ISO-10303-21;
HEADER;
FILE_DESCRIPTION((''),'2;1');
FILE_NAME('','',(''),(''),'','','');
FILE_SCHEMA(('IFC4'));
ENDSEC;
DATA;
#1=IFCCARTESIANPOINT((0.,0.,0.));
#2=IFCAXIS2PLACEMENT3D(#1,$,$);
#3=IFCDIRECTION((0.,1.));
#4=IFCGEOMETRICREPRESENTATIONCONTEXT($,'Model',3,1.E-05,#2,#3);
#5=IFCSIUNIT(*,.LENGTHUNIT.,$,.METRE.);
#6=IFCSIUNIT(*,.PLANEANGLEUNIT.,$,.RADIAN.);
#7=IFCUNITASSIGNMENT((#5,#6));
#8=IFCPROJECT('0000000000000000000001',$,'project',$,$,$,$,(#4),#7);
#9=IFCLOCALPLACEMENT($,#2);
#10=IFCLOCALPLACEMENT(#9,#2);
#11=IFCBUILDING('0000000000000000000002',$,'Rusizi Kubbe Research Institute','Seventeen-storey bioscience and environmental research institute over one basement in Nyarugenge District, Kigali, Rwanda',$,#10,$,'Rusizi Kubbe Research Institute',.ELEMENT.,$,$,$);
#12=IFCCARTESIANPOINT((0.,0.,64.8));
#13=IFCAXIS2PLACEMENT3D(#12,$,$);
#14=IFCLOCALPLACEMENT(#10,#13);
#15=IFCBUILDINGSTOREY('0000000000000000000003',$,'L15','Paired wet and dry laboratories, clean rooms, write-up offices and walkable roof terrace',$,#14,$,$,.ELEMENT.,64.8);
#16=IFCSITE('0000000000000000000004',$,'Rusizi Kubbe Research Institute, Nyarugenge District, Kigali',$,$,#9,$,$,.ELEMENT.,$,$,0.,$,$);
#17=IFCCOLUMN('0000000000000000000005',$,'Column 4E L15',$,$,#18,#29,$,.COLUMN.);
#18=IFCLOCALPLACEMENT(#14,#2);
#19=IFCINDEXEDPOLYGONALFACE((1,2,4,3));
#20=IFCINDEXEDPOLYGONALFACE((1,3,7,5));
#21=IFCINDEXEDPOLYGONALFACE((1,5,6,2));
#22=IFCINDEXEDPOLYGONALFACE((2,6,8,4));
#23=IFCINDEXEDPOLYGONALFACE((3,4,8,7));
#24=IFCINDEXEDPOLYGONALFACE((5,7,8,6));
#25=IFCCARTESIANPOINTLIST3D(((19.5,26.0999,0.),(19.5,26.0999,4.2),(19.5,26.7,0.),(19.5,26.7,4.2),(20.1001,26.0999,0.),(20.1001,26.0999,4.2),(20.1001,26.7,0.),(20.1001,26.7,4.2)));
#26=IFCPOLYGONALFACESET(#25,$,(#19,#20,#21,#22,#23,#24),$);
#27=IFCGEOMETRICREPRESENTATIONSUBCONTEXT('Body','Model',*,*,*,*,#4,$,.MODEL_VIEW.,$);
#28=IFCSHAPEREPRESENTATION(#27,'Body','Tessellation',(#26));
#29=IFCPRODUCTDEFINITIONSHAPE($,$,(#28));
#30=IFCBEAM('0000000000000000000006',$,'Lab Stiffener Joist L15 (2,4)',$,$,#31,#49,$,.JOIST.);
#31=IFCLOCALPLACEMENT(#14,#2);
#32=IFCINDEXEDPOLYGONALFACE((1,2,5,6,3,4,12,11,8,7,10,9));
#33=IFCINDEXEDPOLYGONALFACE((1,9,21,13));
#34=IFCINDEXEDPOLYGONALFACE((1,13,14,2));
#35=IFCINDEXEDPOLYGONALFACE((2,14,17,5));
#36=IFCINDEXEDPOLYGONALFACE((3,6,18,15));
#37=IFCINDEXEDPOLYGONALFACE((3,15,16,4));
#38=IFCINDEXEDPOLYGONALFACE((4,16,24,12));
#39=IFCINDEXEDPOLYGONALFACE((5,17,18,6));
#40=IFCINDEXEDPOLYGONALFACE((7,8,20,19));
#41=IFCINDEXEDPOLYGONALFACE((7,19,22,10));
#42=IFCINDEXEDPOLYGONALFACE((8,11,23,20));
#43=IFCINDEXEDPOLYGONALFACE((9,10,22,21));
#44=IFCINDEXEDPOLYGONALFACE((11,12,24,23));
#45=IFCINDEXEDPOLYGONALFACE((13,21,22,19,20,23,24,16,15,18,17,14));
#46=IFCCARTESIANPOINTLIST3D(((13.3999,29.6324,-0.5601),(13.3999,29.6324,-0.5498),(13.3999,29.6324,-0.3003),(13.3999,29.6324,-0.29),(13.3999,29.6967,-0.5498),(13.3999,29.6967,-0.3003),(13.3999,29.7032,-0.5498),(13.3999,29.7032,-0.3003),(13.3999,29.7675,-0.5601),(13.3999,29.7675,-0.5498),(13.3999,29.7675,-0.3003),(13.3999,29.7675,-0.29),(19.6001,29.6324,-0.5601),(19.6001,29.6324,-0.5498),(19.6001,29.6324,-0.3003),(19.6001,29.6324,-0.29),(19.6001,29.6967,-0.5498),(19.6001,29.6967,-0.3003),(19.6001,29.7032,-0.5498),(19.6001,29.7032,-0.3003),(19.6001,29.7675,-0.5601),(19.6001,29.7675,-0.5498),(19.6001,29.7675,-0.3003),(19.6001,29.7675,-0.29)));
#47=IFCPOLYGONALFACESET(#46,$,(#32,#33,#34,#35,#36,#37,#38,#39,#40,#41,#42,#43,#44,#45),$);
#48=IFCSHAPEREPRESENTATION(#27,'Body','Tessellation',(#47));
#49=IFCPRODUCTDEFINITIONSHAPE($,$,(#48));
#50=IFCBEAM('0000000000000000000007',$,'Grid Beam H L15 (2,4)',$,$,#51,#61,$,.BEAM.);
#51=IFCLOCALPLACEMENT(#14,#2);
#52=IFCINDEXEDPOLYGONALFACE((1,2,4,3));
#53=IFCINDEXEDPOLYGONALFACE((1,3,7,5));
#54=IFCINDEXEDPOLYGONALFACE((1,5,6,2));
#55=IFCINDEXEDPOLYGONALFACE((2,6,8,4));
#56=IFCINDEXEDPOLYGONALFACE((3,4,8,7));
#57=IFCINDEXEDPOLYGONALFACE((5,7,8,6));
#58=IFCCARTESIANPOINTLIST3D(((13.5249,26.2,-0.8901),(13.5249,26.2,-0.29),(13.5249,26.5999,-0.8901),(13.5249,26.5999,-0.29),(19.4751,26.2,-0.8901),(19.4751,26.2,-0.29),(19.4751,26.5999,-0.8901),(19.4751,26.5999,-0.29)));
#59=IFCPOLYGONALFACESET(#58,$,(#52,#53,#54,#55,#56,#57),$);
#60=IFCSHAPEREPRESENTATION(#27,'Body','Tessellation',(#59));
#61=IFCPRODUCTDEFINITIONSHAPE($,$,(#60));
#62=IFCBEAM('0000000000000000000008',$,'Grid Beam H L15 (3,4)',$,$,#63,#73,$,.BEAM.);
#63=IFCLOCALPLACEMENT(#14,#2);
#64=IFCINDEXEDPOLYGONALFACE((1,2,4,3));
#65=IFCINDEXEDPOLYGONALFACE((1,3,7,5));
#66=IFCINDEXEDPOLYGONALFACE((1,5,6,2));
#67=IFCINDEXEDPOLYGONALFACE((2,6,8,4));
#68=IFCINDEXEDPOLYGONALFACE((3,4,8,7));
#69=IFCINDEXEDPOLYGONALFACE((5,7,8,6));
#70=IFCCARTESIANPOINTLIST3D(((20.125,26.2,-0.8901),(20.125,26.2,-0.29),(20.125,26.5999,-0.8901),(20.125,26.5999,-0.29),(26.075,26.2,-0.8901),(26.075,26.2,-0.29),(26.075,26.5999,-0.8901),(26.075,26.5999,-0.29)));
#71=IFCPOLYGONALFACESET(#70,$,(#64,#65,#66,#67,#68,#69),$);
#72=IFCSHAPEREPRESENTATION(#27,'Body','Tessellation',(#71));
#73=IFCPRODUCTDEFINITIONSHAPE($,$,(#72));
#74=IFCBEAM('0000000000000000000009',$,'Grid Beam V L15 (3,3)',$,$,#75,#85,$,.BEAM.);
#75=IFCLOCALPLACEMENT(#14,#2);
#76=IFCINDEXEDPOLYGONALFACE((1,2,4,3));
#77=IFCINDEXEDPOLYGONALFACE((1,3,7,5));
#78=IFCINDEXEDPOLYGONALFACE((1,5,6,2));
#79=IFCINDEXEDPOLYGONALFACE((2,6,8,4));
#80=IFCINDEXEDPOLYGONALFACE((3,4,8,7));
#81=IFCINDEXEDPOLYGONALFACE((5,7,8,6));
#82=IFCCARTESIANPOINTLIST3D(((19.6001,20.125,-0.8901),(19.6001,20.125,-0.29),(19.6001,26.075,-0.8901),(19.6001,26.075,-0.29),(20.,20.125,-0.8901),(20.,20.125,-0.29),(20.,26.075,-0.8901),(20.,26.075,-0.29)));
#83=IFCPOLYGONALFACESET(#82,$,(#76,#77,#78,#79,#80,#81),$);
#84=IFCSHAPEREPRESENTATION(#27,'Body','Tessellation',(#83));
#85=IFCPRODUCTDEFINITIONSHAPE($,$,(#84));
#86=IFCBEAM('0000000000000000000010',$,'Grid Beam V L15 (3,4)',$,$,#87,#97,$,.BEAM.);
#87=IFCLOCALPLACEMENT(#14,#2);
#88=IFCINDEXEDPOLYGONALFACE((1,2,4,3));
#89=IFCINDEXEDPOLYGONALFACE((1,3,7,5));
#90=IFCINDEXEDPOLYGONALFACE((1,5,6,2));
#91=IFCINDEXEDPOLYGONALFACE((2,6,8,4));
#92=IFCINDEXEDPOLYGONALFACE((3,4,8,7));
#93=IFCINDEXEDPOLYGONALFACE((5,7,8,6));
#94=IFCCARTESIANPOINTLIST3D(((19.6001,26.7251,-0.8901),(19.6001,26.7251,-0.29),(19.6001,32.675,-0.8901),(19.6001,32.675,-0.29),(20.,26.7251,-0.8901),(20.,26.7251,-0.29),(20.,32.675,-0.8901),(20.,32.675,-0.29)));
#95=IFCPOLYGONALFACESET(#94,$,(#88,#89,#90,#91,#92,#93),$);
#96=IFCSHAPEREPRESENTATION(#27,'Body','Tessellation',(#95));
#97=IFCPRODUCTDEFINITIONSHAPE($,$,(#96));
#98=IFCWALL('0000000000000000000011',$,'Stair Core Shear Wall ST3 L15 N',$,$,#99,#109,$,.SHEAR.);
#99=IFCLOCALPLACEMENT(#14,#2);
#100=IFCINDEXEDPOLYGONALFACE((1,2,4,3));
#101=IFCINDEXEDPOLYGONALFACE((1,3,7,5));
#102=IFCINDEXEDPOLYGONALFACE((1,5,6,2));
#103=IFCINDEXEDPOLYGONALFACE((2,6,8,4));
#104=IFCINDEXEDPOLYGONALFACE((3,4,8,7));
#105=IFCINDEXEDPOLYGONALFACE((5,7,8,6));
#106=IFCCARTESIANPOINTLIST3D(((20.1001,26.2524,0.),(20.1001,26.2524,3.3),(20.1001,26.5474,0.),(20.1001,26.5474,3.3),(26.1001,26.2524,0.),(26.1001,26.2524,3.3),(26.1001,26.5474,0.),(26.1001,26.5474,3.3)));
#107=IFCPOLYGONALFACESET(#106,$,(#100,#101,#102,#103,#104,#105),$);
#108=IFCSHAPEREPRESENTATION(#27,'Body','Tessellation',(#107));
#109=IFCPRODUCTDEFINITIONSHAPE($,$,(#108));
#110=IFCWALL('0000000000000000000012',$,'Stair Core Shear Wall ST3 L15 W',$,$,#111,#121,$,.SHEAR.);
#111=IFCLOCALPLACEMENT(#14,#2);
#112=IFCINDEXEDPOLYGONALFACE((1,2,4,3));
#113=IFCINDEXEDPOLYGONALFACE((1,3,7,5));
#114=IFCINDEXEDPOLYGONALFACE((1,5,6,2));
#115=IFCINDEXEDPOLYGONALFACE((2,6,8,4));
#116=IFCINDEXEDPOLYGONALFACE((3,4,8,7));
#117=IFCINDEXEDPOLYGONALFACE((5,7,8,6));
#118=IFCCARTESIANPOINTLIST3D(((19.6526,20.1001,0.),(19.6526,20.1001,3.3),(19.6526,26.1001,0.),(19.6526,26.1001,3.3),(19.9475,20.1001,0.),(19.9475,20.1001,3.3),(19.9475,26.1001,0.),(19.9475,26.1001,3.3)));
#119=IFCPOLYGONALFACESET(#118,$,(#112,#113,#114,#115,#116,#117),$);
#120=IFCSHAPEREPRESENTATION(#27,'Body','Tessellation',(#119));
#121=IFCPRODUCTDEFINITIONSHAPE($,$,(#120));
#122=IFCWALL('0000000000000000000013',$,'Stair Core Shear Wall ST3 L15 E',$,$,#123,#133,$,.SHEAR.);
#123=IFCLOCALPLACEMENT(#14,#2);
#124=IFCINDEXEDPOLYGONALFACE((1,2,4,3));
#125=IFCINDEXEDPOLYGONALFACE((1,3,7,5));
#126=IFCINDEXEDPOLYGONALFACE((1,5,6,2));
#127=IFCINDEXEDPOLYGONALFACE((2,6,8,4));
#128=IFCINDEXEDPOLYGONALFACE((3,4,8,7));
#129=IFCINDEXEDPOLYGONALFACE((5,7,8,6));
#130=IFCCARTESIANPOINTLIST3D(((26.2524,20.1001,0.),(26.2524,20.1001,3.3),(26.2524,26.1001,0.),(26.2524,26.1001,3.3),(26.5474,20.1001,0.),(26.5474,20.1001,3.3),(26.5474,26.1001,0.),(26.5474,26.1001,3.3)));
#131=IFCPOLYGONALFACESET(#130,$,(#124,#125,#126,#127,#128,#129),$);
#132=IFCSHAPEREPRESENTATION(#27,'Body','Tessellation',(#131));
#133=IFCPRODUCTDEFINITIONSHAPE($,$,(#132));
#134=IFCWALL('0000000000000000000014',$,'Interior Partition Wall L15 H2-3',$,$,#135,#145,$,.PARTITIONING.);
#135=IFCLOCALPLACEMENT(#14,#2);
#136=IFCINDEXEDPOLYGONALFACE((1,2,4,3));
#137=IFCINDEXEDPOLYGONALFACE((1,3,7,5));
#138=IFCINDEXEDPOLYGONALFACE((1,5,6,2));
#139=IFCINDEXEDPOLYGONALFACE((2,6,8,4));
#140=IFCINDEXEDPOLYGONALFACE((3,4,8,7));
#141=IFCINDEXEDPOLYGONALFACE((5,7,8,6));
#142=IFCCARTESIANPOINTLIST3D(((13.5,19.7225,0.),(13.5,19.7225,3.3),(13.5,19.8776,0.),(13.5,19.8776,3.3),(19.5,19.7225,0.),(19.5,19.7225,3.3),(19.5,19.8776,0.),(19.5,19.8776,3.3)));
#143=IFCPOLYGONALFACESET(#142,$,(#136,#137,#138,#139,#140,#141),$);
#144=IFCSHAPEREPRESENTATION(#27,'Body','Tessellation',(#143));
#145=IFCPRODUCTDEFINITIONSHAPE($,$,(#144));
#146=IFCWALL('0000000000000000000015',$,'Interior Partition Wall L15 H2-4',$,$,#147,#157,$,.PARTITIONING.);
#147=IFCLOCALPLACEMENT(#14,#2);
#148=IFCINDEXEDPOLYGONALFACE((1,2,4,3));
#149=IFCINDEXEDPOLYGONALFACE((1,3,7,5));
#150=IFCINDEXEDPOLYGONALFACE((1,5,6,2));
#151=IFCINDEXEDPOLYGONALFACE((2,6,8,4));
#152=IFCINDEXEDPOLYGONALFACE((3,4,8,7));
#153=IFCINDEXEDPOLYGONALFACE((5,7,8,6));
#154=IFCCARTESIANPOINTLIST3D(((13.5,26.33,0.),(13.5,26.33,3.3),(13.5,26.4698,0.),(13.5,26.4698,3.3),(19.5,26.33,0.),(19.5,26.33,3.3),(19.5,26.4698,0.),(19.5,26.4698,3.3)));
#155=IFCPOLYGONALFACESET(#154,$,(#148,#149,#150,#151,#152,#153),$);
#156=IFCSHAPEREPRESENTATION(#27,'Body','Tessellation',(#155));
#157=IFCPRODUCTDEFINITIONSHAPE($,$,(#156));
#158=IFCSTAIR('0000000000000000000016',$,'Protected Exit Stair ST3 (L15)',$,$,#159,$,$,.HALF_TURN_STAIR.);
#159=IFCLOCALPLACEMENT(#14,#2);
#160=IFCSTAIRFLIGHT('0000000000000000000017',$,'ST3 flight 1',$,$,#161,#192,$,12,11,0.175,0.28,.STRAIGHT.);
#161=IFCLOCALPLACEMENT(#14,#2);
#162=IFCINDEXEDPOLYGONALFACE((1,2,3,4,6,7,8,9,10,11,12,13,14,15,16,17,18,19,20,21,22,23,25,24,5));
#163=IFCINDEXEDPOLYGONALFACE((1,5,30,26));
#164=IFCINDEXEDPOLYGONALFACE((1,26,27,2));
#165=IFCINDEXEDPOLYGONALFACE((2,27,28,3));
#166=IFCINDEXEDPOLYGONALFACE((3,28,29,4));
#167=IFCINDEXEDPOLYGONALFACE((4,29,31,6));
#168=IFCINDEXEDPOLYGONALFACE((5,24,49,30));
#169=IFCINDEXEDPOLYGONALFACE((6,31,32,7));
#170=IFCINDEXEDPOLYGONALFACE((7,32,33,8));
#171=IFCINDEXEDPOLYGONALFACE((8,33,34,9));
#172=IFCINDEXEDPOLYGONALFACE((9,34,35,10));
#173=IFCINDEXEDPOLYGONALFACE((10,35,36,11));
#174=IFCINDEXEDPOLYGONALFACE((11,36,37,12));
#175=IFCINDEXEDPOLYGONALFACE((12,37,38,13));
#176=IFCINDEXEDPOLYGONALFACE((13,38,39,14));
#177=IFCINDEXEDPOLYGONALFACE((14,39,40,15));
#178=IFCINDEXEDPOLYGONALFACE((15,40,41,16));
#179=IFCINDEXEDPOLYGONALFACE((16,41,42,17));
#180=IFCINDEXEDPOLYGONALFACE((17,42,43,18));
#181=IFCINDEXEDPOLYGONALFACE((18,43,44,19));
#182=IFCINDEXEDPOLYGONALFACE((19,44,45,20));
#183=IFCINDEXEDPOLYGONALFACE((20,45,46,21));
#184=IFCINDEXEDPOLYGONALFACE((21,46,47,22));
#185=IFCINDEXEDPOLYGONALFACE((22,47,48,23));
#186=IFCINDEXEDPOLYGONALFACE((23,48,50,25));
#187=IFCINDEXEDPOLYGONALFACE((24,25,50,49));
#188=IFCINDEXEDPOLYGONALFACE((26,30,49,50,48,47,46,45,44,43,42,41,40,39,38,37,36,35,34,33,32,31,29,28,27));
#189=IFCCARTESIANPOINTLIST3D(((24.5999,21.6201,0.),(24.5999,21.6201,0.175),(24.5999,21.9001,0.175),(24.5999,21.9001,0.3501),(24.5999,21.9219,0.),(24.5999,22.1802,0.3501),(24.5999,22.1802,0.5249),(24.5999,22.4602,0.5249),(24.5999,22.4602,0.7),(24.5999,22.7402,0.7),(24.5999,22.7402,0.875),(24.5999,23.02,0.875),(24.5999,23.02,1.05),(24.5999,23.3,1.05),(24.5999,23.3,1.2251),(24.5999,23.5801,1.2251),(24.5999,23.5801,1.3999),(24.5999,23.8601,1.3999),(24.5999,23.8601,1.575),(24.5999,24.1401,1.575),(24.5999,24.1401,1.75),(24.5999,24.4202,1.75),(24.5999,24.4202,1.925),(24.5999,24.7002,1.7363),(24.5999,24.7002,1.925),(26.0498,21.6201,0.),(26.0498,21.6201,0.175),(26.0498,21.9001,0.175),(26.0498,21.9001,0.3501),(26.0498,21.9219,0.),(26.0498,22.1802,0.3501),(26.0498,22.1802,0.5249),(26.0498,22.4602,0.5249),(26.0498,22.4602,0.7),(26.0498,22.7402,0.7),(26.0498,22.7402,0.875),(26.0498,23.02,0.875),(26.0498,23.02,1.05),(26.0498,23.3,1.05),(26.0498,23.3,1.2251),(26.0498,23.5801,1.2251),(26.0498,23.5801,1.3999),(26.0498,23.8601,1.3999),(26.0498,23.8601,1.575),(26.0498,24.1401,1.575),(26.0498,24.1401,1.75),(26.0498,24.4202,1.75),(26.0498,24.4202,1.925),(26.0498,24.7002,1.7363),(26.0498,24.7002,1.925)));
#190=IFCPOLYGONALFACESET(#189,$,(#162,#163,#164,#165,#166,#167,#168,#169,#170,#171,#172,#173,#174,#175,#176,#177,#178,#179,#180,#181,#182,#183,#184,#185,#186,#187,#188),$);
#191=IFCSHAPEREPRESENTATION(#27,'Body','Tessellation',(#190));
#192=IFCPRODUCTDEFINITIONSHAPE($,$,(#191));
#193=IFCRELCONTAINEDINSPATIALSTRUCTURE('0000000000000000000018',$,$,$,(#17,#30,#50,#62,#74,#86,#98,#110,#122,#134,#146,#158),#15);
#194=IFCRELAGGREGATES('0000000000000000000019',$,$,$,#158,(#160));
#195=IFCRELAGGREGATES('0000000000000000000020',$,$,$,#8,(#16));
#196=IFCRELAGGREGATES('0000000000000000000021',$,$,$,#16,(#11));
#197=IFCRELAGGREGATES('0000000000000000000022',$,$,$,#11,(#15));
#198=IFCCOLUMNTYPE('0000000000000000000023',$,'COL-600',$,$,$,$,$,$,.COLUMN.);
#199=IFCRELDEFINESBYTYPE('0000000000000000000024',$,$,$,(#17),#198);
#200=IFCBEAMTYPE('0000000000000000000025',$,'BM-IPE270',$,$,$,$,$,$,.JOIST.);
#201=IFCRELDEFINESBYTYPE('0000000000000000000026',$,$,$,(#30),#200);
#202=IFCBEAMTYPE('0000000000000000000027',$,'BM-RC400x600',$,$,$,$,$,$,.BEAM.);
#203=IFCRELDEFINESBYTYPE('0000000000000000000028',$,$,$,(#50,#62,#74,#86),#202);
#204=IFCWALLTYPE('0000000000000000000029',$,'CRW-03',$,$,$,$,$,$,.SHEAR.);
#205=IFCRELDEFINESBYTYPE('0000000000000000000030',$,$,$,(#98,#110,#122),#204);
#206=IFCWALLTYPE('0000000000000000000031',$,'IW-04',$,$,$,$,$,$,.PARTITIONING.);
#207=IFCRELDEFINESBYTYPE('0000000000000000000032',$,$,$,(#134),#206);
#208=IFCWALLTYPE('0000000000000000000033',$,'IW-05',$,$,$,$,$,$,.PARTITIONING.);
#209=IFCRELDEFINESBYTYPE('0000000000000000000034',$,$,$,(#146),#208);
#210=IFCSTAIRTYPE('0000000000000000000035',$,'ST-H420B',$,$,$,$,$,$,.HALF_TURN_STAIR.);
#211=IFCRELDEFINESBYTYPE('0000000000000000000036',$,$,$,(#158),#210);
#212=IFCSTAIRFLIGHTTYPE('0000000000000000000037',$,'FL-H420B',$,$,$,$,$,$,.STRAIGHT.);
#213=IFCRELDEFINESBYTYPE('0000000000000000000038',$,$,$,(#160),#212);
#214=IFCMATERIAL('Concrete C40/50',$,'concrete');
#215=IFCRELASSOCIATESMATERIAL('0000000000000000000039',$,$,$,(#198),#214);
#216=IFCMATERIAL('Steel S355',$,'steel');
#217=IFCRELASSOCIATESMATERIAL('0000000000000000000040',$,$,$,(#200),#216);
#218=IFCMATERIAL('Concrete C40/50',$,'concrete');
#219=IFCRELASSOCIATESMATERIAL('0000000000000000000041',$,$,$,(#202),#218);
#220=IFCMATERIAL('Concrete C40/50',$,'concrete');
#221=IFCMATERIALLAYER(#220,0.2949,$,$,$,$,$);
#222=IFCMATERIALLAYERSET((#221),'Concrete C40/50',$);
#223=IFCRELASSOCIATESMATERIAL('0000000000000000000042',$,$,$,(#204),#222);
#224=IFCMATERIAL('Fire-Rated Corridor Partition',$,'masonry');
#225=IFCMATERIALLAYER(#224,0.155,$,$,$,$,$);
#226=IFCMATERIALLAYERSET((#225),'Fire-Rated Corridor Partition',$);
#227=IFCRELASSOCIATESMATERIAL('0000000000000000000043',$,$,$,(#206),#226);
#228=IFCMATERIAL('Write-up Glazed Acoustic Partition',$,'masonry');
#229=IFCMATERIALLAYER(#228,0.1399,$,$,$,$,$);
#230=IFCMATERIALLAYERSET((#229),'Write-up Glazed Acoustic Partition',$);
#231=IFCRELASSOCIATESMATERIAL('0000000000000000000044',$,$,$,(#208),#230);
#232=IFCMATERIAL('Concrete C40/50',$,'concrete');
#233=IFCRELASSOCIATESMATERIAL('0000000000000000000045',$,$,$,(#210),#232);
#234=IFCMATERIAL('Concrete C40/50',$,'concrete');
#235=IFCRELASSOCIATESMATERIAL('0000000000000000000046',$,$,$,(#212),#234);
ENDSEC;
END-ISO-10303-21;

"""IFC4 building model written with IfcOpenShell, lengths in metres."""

from ifc_helpers import new_model, si_unit, direction, frame, frame_2d, origin, origin_2d, place, context, subcontext, project, spatial, polyline, rectangle, i_section, outline, extrude, material, layer, layer_set, material_profile, profile_set, type_object, element, aggregate, save


model = new_model("IFC4")

# Units and contexts
model_context = context("Model", 3, precision=1e-05, world=origin(), true_north=direction((0.0, 1.0)))
body_context = subcontext(model_context, "Body", "Model", "MODEL_VIEW")
ifc_project = project(units=[si_unit("LENGTHUNIT", "METRE"), si_unit("PLANEANGLEUNIT", "RADIAN")], contexts=[model_context])

# Site, building, storey
site_placement = place(None, origin())
site = spatial("IfcSite", under=ifc_project, at=site_placement, Name="Rusizi Kubbe Research Institute, Nyarugenge District, Kigali", CompositionType="ELEMENT", RefElevation=0.0)
building_placement = place(site_placement, origin())
building = spatial("IfcBuilding", under=site, at=building_placement, Name="Rusizi Kubbe Research Institute", Description="Seventeen-storey bioscience and environmental research institute over one basement in Nyarugenge District, Kigali, Rwanda", LongName="Rusizi Kubbe Research Institute", CompositionType="ELEMENT")
storey_placement = place(building_placement, frame((0.0, 0.0, 64.8)))
storey = spatial("IfcBuildingStorey", under=building, at=storey_placement, Name="L15", Description="Paired wet and dry laboratories, clean rooms, write-up offices and walkable roof terrace", CompositionType="ELEMENT", Elevation=64.8)

# Column
ifc_material_1 = material(Name="Concrete C40/50", Category="concrete")
ifc_material_profile_1 = material_profile(ifc_material_1, rectangle(XDim=0.6001, YDim=0.6001, at=origin_2d()), Name="RC600x600")
ifc_profile_set_1 = profile_set([ifc_material_profile_1], Name="Concrete C40/50")
column_type = type_object("IfcColumnType", Name="COL-600", PredefinedType="COLUMN", material=ifc_profile_set_1)
column_placement = place(storey_placement, frame((19.8, 26.3999, 0.0), z_axis=(0.0, 0.0, 1.0), x_axis=(1.0, 0.0, 0.0)))
element("IfcColumn", 1, at=column_placement, inside=storey, type_object=column_type, Name="Column 4E L15", PredefinedType="COLUMN", context=body_context, shape_type="SweptSolid", body=[
    extrude(rectangle(XDim=0.6001, YDim=0.6001, at=origin_2d()), origin(), (0.0, 0.0, 1.0), 4.2),
])

# Beams
ifc_material_2 = material(Name="Steel S355", Category="steel")
ifc_material_profile_2 = material_profile(ifc_material_2, i_section(OverallWidth=0.135, OverallDepth=0.27, WebThickness=0.0066, FlangeThickness=0.0103, at=origin_2d()), Name="IPE 270")
ifc_profile_set_2 = profile_set([ifc_material_profile_2], Name="Steel S355")
beam_type_1 = type_object("IfcBeamType", Name="BM-IPE270", PredefinedType="JOIST", material=ifc_profile_set_2)
beam_1_placement = place(storey_placement, frame((13.3999, 29.7, -0.425), z_axis=(1.0, 0.0, 0.0), x_axis=(0.0, 1.0, 0.0)))
element("IfcBeam", 2, at=beam_1_placement, inside=storey, type_object=beam_type_1, Name="Lab Stiffener Joist L15 (2,4)", PredefinedType="JOIST", context=body_context, shape_type="SweptSolid", body=[
    extrude(i_section(OverallWidth=0.135, OverallDepth=0.27, WebThickness=0.0066, FlangeThickness=0.0103, at=origin_2d()), origin(), (0.0, 0.0, 1.0), 6.2002),
])
ifc_material_3 = material(Name="Concrete C40/50", Category="concrete")
ifc_material_profile_3 = material_profile(ifc_material_3, rectangle(XDim=0.3999, YDim=0.6001, at=origin_2d()), Name="RC400x600")
ifc_profile_set_3 = profile_set([ifc_material_profile_3], Name="Concrete C40/50")
beam_type_2 = type_object("IfcBeamType", Name="BM-RC400x600", PredefinedType="BEAM", material=ifc_profile_set_3)
beam_2_placement = place(storey_placement, frame((13.5249, 26.3999, -0.5901), z_axis=(1.0, 0.0, 0.0), x_axis=(0.0, 1.0, 0.0)))
element("IfcBeam", 3, at=beam_2_placement, inside=storey, type_object=beam_type_2, Name="Grid Beam H L15 (2,4)", PredefinedType="BEAM", context=body_context, shape_type="SweptSolid", body=[
    extrude(rectangle(XDim=0.3999, YDim=0.6001, at=origin_2d()), origin(), (0.0, 0.0, 1.0), 5.9502),
])
for number, where, z_axis, x_axis, name in (
    (4, (20.125, 26.3999, -0.5901), (1.0, 0.0, 0.0), (0.0, 1.0, 0.0), "Grid Beam H L15 (3,4)"),
    (5, (19.8, 20.125, -0.5901), (0.0, 1.0, 0.0), (-1.0, 0.0, 0.0), "Grid Beam V L15 (3,3)"),
    (6, (19.8, 26.7251, -0.5901), (0.0, 1.0, 0.0), (-1.0, 0.0, 0.0), "Grid Beam V L15 (3,4)"),
):
    element("IfcBeam", number, at=place(storey_placement, frame(where, z_axis=z_axis, x_axis=x_axis)), inside=storey, type_object=beam_type_2, Name=name, PredefinedType="BEAM", context=body_context, shape_type="SweptSolid", body=[
        extrude(rectangle(XDim=0.3999, YDim=0.6001, at=origin_2d()), origin(), (0.0, 0.0, 1.0), 5.95),
    ])

# Walls
ifc_material_4 = material(Name="Concrete C40/50", Category="concrete")
ifc_layer_1 = layer(ifc_material_4, 0.2949)
ifc_layer_set_1 = layer_set([ifc_layer_1], Name="Concrete C40/50")
wall_type_1 = type_object("IfcWallType", Name="CRW-03", PredefinedType="SHEAR", material=ifc_layer_set_1)
for number, where, z_axis, x_axis, name in (
    (7, (20.1001, 26.3999, 0.0), (0.0, 0.0, 1.0), (1.0, 0.0, 0.0), "Stair Core Shear Wall ST3 L15 N"),
    (8, (19.8, 20.1001, 0.0), (0.0, 0.0, 1.0), (0.0, 1.0, 0.0), "Stair Core Shear Wall ST3 L15 W"),
    (9, (26.3999, 20.1001, 0.0), (0.0, 0.0, 1.0), (0.0, 1.0, 0.0), "Stair Core Shear Wall ST3 L15 E"),
):
    element("IfcWall", number, at=place(storey_placement, frame(where, z_axis=z_axis, x_axis=x_axis)), inside=storey, type_object=wall_type_1, Name=name, PredefinedType="SHEAR", context=body_context, shape_type="SweptSolid", body=[
        extrude(rectangle(XDim=6.0, YDim=0.2949, at=frame_2d((3.0, 0.0))), origin(), (0.0, 0.0, 1.0), 3.3),
    ])
ifc_material_5 = material(Name="Fire-Rated Corridor Partition", Category="masonry")
ifc_layer_2 = layer(ifc_material_5, 0.155)
ifc_layer_set_2 = layer_set([ifc_layer_2], Name="Fire-Rated Corridor Partition")
wall_type_2 = type_object("IfcWallType", Name="IW-04", PredefinedType="PARTITIONING", material=ifc_layer_set_2)
wall_1_placement = place(storey_placement, frame((13.5, 19.8, 0.0), z_axis=(0.0, 0.0, 1.0), x_axis=(1.0, 0.0, 0.0)))
element("IfcWall", 10, at=wall_1_placement, inside=storey, type_object=wall_type_2, Name="Interior Partition Wall L15 H2-3", PredefinedType="PARTITIONING", context=body_context, shape_type="SweptSolid", body=[
    extrude(rectangle(XDim=6.0, YDim=0.155, at=frame_2d((3.0, 0.0))), origin(), (0.0, 0.0, 1.0), 3.3),
])
ifc_material_6 = material(Name="Write-up Glazed Acoustic Partition", Category="masonry")
ifc_layer_3 = layer(ifc_material_6, 0.1399)
ifc_layer_set_3 = layer_set([ifc_layer_3], Name="Write-up Glazed Acoustic Partition")
wall_type_3 = type_object("IfcWallType", Name="IW-05", PredefinedType="PARTITIONING", material=ifc_layer_set_3)
wall_2_placement = place(storey_placement, frame((13.5, 26.3999, 0.0), z_axis=(0.0, 0.0, 1.0), x_axis=(1.0, 0.0, 0.0)))
element("IfcWall", 11, at=wall_2_placement, inside=storey, type_object=wall_type_3, Name="Interior Partition Wall L15 H2-4", PredefinedType="PARTITIONING", context=body_context, shape_type="SweptSolid", body=[
    extrude(rectangle(XDim=6.0, YDim=0.1399, at=frame_2d((3.0, 0.0))), origin(), (0.0, 0.0, 1.0), 3.3),
])

# Stair, stair flight
ifc_material_7 = material(Name="Concrete C40/50", Category="concrete")
stair_type = type_object("IfcStairType", Name="ST-H420B", PredefinedType="HALF_TURN_STAIR", material=ifc_material_7)
stair_placement = place(storey_placement, origin())
stair = element("IfcStair", 12, at=stair_placement, inside=storey, type_object=stair_type, Name="Protected Exit Stair ST3 (L15)", PredefinedType="HALF_TURN_STAIR")
ifc_material_8 = material(Name="Concrete C40/50", Category="concrete")
stair_flight_type = type_object("IfcStairFlightType", Name="FL-H420B", PredefinedType="STRAIGHT", material=ifc_material_8)
stair_flight_1_placement = place(storey_placement, frame((25.325, 21.6201, 0.0), z_axis=(0.0, 0.0, 1.0), x_axis=(0.0, 1.0, 0.0)))
stair_flight_1 = element("IfcStairFlight", 13, at=stair_flight_1_placement, type_object=stair_flight_type, Name="ST3 flight 1", NumberOfRisers=12, NumberOfTreads=11, PredefinedType="STRAIGHT", RiserHeight=0.175, TreadLength=0.28, context=body_context, shape_type="SweptSolid", body=[
    extrude(outline(polyline([(0.0, 0.0), (0.0, 0.175), (0.28, 0.175), (0.28, 0.3501), (0.5601, 0.3501), (0.5601, 0.5249), (0.8401, 0.5249), (0.8401, 0.7), (1.1201, 0.7), (1.1201, 0.875), (1.3999, 0.875), (1.3999, 1.05), (1.6799, 1.05), (1.6799, 1.2251), (1.96, 1.2251), (1.96, 1.3999), (2.24, 1.3999), (2.24, 1.575), (2.52, 1.575), (2.52, 1.75), (2.8, 1.75), (2.8, 1.925), (3.0801, 1.925), (3.0801, 2.1001), (3.0801, 1.7363), (0.3018, 0.0), (0.0, 0.0)])), frame((0.0, 0.7251, 0.0), z_axis=(0.0, -1.0, 0.0), x_axis=(1.0, 0.0, 0.0)), (0.0, 0.0, 1.0), 1.45),
])
aggregate(stair, [stair_flight_1])

save(model, "model.ifc")
